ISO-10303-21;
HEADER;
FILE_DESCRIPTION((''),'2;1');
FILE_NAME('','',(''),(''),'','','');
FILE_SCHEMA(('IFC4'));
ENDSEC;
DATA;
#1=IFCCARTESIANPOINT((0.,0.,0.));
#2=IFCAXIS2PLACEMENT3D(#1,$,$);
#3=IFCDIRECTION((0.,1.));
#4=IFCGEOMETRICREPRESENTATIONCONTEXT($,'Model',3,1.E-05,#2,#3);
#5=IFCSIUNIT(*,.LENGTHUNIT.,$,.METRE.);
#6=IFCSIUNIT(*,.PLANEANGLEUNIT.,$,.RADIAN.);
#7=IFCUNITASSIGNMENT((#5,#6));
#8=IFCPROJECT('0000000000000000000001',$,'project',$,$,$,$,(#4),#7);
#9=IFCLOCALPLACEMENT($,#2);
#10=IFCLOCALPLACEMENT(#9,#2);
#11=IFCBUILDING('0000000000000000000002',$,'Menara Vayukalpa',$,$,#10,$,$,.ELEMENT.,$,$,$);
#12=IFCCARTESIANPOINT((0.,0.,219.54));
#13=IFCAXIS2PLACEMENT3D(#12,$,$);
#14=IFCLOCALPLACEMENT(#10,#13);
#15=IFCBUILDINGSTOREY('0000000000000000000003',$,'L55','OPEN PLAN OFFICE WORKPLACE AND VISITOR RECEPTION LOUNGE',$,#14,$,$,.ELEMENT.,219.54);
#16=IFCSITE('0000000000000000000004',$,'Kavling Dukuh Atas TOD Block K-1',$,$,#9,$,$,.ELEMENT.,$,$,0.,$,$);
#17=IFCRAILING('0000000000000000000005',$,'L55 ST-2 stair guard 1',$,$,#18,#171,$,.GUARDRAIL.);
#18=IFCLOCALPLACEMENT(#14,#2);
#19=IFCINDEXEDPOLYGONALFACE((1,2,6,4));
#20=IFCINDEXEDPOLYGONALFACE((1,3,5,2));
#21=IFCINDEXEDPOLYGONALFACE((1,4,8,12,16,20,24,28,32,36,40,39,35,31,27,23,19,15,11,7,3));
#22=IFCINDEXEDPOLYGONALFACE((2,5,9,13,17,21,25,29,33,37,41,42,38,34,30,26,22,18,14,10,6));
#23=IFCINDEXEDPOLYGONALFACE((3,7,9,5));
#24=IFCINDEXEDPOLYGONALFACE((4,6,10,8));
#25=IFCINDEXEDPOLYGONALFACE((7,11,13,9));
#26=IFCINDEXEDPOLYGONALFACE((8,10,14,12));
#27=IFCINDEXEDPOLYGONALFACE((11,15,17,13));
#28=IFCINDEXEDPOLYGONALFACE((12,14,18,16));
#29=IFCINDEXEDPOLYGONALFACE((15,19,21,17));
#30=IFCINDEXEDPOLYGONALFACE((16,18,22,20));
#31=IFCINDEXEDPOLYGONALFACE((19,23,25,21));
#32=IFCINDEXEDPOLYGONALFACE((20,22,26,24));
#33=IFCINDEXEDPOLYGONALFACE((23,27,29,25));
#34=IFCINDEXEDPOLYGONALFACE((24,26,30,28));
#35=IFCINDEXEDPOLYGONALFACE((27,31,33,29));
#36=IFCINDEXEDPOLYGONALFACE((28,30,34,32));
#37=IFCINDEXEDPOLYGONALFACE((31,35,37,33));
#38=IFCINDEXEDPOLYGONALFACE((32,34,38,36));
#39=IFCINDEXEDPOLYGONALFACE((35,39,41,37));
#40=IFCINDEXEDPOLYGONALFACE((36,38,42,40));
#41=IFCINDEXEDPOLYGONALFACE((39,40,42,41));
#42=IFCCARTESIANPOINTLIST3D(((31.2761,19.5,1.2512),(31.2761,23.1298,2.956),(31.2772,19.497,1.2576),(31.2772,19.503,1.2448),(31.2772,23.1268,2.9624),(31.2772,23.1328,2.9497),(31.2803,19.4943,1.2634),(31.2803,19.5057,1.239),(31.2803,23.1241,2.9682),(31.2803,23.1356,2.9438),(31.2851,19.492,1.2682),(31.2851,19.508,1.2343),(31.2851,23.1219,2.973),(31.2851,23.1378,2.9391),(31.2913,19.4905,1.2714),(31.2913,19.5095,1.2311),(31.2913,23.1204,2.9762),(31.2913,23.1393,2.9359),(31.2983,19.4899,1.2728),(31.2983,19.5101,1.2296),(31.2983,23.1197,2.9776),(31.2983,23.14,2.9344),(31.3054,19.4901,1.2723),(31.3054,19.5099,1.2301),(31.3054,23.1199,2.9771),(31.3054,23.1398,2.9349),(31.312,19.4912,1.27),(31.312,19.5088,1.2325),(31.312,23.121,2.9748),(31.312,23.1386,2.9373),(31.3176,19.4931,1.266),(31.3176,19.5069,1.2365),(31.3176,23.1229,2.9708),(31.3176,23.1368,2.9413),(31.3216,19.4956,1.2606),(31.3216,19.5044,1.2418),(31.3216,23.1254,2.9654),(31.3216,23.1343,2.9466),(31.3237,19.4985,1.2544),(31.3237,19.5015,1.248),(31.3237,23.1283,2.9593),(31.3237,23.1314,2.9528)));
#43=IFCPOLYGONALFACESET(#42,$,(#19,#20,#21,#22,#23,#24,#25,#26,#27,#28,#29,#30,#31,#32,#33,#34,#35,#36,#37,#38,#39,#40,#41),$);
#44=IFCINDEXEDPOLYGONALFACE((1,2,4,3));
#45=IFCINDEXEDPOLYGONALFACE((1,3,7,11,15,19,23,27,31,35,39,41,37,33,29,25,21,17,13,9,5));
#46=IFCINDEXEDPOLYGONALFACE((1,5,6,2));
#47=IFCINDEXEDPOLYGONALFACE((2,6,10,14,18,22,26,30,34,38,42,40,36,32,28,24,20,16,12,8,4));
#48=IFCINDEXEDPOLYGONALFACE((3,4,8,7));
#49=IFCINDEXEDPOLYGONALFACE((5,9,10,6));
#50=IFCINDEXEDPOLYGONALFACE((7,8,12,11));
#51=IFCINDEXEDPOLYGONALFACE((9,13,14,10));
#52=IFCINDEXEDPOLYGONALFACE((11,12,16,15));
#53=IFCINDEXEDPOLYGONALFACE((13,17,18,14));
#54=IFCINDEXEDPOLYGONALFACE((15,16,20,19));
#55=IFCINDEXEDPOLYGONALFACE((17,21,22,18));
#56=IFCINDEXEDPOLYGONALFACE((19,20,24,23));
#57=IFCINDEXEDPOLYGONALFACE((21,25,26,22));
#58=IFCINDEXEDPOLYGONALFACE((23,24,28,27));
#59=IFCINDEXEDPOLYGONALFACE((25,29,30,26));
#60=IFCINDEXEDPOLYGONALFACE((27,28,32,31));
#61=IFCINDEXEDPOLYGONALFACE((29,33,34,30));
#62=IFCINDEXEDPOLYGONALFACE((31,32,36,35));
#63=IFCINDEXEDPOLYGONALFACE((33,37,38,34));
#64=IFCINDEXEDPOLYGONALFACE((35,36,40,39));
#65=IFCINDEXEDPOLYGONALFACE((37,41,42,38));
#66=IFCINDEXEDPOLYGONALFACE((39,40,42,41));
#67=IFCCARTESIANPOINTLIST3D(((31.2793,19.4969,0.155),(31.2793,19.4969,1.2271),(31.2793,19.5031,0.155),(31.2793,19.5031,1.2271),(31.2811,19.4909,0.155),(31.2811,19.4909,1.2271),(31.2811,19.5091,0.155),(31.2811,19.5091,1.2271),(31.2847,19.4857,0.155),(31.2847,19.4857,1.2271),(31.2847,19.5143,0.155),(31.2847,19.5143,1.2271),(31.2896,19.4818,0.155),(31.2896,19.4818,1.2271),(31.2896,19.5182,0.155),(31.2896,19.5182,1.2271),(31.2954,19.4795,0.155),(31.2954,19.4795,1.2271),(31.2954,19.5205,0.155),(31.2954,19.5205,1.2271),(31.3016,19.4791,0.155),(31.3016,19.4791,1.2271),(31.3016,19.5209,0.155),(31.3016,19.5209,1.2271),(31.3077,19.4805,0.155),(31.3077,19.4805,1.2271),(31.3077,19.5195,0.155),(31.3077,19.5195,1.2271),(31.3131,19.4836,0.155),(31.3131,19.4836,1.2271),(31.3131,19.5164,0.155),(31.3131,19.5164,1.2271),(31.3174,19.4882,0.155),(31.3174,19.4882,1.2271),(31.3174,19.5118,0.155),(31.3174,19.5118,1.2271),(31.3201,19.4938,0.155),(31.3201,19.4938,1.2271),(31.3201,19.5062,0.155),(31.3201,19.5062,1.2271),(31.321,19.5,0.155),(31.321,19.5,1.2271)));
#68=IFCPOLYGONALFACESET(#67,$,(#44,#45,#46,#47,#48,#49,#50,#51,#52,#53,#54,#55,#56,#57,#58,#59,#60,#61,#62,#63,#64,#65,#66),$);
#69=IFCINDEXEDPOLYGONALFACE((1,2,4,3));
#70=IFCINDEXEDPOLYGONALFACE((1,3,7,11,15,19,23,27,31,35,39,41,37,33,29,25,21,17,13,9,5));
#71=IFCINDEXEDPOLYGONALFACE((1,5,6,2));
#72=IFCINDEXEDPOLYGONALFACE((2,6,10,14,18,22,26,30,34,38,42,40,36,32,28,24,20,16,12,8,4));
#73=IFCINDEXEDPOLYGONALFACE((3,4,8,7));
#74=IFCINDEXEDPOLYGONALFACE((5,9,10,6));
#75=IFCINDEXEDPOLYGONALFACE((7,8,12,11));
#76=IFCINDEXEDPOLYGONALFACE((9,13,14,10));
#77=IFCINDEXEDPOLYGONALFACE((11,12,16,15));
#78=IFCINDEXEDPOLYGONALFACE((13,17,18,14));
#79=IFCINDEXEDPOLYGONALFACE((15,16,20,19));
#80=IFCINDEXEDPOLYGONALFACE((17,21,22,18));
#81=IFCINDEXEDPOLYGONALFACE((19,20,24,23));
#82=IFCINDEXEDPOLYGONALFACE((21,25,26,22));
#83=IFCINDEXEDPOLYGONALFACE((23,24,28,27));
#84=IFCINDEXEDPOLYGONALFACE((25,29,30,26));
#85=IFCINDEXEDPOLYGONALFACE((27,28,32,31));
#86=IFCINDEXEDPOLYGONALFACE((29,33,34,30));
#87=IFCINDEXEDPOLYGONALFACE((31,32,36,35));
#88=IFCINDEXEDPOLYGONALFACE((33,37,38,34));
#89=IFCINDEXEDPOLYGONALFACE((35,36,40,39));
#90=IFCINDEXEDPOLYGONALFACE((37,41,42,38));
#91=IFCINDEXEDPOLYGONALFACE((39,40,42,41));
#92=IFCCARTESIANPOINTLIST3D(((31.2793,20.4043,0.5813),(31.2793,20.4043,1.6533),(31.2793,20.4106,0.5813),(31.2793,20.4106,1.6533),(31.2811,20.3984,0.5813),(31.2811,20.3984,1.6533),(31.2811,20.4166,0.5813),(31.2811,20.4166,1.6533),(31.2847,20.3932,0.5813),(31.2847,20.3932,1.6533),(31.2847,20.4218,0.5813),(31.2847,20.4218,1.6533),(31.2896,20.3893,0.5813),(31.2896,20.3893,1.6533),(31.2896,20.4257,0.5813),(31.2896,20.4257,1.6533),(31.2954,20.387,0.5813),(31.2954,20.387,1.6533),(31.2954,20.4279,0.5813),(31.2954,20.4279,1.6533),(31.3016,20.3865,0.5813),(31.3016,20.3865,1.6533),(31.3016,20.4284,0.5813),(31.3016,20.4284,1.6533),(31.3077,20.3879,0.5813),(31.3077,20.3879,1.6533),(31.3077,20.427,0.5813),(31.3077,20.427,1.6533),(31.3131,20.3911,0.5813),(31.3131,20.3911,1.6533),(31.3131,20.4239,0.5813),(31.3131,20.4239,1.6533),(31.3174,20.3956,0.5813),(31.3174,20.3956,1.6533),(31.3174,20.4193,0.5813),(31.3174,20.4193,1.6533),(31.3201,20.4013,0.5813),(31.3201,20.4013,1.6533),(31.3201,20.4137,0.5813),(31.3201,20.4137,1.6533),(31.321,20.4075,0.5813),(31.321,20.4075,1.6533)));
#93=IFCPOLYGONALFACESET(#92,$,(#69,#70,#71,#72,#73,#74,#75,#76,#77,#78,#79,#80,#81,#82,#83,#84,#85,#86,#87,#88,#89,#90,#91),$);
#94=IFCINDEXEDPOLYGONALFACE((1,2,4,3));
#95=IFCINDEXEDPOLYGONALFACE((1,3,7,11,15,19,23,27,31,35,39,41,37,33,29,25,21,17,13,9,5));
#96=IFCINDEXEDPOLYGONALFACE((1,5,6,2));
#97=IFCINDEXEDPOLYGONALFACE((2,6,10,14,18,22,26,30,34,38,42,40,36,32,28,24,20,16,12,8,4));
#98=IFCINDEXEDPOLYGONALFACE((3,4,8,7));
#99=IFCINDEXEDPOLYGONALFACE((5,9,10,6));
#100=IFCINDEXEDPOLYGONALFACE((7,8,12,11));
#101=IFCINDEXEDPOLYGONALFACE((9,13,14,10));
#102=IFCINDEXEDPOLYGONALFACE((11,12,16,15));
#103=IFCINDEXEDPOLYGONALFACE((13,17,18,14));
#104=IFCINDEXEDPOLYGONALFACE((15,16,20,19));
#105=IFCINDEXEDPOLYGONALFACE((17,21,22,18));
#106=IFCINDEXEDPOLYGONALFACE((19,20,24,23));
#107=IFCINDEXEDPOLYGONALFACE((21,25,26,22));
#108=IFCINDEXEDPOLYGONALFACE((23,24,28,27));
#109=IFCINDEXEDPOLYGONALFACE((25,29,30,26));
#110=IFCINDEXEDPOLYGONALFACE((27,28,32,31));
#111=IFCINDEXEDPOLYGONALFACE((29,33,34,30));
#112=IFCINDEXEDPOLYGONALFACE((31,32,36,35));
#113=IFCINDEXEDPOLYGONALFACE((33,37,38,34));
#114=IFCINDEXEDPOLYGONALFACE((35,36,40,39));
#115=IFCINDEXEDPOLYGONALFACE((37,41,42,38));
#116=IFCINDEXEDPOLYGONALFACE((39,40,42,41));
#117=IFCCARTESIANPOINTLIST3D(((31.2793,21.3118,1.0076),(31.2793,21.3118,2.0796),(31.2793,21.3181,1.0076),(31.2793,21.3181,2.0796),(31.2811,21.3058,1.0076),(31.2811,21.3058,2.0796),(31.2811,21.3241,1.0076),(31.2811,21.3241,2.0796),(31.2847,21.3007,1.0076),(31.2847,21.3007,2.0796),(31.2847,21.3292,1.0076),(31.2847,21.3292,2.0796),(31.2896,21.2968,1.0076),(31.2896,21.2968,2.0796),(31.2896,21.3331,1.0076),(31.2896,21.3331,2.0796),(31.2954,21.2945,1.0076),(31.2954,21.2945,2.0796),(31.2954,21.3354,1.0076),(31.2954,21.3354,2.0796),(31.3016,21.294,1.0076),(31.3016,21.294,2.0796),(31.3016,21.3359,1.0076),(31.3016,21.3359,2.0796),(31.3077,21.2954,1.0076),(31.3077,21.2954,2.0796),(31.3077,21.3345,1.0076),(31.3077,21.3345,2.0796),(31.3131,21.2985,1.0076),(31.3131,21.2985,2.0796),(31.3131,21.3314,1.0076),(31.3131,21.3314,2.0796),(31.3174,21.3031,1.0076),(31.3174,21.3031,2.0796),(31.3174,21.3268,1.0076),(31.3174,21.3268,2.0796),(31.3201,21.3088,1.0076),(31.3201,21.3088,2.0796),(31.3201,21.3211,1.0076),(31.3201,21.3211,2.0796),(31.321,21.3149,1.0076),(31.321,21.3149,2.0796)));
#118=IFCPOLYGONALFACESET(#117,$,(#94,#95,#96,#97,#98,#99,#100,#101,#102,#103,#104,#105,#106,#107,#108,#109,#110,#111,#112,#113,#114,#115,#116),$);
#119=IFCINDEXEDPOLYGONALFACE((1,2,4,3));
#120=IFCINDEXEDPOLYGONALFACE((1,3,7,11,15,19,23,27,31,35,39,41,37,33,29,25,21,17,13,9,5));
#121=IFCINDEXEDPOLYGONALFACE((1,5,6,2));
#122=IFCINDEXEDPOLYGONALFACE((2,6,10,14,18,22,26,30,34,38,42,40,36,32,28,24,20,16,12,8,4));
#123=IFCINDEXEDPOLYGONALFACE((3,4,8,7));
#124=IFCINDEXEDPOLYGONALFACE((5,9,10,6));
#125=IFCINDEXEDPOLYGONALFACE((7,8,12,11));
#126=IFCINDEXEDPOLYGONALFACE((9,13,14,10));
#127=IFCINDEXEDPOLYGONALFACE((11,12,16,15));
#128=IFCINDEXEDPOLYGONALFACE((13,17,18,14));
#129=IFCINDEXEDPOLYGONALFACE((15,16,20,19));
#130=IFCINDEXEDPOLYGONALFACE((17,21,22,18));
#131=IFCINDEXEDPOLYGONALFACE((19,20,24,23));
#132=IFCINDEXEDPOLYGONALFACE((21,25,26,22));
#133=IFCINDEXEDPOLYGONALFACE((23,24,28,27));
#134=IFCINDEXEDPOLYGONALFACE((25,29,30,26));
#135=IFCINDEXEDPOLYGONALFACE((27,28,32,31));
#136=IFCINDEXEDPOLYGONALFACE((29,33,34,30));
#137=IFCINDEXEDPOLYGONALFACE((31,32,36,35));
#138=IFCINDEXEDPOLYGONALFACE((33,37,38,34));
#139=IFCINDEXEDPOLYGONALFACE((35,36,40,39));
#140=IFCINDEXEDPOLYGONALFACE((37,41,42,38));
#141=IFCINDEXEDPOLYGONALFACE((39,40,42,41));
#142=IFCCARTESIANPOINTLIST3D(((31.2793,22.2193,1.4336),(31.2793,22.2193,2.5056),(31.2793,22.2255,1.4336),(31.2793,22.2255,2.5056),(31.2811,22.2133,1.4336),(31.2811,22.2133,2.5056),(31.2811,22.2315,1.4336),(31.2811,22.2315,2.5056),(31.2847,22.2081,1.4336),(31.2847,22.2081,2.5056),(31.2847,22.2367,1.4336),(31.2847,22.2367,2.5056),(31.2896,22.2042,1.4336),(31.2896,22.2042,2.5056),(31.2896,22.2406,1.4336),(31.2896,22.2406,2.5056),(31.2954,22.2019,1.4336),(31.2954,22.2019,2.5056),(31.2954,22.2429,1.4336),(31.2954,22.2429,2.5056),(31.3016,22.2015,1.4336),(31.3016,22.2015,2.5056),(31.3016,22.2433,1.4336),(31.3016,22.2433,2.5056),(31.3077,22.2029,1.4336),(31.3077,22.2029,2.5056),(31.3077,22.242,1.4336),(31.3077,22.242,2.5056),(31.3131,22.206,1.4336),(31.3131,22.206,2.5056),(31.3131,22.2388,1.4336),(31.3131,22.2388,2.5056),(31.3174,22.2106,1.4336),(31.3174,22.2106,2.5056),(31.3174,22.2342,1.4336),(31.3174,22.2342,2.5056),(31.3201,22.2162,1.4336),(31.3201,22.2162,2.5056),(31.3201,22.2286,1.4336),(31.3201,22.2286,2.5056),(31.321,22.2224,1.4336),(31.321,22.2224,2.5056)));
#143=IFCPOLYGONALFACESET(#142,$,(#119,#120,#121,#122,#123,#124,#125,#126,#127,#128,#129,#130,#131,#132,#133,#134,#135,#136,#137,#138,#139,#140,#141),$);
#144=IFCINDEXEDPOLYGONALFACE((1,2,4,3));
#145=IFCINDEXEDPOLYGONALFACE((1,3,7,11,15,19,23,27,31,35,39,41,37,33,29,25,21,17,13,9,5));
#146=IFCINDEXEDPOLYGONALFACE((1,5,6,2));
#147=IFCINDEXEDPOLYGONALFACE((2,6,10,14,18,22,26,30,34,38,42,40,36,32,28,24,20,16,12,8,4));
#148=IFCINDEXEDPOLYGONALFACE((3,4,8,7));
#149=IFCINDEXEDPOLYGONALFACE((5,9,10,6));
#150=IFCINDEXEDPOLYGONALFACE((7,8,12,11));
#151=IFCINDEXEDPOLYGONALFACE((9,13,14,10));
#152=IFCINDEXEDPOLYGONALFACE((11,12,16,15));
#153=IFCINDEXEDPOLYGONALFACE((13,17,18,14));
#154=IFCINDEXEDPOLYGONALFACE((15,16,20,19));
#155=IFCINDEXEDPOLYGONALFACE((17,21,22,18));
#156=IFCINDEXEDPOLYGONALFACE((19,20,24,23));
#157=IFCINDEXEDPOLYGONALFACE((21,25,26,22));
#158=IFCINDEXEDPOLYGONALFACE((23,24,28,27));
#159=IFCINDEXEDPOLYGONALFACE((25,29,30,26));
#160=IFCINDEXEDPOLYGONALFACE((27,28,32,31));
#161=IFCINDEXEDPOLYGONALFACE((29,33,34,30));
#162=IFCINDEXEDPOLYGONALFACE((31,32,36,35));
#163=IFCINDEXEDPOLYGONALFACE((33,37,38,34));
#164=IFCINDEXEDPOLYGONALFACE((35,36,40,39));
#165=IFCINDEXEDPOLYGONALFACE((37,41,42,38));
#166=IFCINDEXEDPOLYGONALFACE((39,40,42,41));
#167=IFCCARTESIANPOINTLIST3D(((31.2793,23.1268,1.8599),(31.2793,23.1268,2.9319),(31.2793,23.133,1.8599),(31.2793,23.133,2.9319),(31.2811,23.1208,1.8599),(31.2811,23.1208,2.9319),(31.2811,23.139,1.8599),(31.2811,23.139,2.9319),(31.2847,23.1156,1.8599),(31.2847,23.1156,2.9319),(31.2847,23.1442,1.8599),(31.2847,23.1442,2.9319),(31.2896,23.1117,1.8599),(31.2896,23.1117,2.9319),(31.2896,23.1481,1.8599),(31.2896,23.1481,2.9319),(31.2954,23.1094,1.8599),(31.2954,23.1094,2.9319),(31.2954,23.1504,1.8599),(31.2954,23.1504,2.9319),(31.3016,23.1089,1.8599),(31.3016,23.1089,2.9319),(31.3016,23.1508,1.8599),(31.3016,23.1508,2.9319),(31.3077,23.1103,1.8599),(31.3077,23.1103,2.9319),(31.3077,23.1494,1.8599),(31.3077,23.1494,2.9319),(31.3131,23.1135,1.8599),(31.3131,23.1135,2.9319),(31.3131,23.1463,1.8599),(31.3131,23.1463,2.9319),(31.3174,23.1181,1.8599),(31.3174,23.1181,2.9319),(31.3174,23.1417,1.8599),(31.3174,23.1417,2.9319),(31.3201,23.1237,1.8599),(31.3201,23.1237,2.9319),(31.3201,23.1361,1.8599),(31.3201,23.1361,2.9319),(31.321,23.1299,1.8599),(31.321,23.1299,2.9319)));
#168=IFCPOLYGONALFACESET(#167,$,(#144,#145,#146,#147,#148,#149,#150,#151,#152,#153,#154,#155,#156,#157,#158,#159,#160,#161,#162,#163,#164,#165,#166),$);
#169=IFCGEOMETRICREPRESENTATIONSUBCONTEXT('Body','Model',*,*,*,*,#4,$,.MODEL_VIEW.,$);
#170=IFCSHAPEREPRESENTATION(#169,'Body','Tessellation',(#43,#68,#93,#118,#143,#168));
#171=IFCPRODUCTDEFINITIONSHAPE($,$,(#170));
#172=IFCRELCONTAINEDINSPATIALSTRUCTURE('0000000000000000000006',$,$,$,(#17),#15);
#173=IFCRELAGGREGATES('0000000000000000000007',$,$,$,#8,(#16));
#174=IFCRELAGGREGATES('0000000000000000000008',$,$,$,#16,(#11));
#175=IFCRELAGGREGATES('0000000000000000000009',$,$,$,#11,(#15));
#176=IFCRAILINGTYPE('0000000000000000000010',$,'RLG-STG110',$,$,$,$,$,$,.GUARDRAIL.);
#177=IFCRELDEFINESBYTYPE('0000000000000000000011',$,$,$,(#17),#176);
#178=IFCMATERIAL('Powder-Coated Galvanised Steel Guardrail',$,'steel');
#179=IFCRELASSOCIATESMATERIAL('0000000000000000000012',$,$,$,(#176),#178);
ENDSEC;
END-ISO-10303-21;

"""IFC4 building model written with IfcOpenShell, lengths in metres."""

from ifc_helpers import new_model, si_unit, direction, frame, origin, origin_2d, place, context, subcontext, project, spatial, circle, extrude, material, type_object, element, save


model = new_model("IFC4")

# Units and contexts
model_context = context("Model", 3, precision=1e-05, world=origin(), true_north=direction((0.0, 1.0)))
body_context = subcontext(model_context, "Body", "Model", "MODEL_VIEW")
ifc_project = project(units=[si_unit("LENGTHUNIT", "METRE"), si_unit("PLANEANGLEUNIT", "RADIAN")], contexts=[model_context])

# Site, building, storey
site_placement = place(None, origin())
site = spatial("IfcSite", under=ifc_project, at=site_placement, Name="Kavling Dukuh Atas TOD Block K-1", CompositionType="ELEMENT", RefElevation=0.0)
building_placement = place(site_placement, origin())
building = spatial("IfcBuilding", under=site, at=building_placement, Name="Menara Vayukalpa", CompositionType="ELEMENT")
storey_placement = place(building_placement, frame((0.0, 0.0, 219.54)))
storey = spatial("IfcBuildingStorey", under=building, at=storey_placement, Name="L55", Description="OPEN PLAN OFFICE WORKPLACE AND VISITOR RECEPTION LOUNGE", CompositionType="ELEMENT", Elevation=219.54)

# Railing
ifc_material_1 = material(Name="Powder-Coated Galvanised Steel Guardrail", Category="steel")
railing_type_1 = type_object("IfcRailingType", Name="RLG-STG110", PredefinedType="GUARDRAIL", material=ifc_material_1)
railing_1_placement = place(storey_placement, frame((31.3, 19.5, 0.155)))
element("IfcRailing", 1, at=railing_1_placement, inside=storey, type_object=railing_type_1, Name="L55 ST-2 stair guard 1", PredefinedType="GUARDRAIL", context=body_context, shape_type="SweptSolid", body=[
    extrude(circle(Radius=0.0239, at=origin_2d()), frame((0.0, 0.0, 1.0962), z_axis=(0.0, 0.90514, 0.425114), x_axis=(-1.0, 0.0, 0.0)), (0.0, 0.0, 1.0), 4.0103),
    extrude(circle(Radius=0.021, at=origin_2d()), origin(), (0.0, 0.0, 1.0), 1.072),
    extrude(circle(Radius=0.021, at=origin_2d()), frame((0.0, 0.9075, 0.4263)), (0.0, 0.0, 1.0), 1.072),
    extrude(circle(Radius=0.021, at=origin_2d()), frame((0.0, 1.8149, 0.8525)), (0.0, 0.0, 1.0), 1.072),
    extrude(circle(Radius=0.021, at=origin_2d()), frame((0.0, 2.7224, 1.2786)), (0.0, 0.0, 1.0), 1.072),
    extrude(circle(Radius=0.021, at=origin_2d()), frame((0.0, 3.6299, 1.7048)), (0.0, 0.0, 1.0), 1.072),
])

save(model, "model.ifc")
